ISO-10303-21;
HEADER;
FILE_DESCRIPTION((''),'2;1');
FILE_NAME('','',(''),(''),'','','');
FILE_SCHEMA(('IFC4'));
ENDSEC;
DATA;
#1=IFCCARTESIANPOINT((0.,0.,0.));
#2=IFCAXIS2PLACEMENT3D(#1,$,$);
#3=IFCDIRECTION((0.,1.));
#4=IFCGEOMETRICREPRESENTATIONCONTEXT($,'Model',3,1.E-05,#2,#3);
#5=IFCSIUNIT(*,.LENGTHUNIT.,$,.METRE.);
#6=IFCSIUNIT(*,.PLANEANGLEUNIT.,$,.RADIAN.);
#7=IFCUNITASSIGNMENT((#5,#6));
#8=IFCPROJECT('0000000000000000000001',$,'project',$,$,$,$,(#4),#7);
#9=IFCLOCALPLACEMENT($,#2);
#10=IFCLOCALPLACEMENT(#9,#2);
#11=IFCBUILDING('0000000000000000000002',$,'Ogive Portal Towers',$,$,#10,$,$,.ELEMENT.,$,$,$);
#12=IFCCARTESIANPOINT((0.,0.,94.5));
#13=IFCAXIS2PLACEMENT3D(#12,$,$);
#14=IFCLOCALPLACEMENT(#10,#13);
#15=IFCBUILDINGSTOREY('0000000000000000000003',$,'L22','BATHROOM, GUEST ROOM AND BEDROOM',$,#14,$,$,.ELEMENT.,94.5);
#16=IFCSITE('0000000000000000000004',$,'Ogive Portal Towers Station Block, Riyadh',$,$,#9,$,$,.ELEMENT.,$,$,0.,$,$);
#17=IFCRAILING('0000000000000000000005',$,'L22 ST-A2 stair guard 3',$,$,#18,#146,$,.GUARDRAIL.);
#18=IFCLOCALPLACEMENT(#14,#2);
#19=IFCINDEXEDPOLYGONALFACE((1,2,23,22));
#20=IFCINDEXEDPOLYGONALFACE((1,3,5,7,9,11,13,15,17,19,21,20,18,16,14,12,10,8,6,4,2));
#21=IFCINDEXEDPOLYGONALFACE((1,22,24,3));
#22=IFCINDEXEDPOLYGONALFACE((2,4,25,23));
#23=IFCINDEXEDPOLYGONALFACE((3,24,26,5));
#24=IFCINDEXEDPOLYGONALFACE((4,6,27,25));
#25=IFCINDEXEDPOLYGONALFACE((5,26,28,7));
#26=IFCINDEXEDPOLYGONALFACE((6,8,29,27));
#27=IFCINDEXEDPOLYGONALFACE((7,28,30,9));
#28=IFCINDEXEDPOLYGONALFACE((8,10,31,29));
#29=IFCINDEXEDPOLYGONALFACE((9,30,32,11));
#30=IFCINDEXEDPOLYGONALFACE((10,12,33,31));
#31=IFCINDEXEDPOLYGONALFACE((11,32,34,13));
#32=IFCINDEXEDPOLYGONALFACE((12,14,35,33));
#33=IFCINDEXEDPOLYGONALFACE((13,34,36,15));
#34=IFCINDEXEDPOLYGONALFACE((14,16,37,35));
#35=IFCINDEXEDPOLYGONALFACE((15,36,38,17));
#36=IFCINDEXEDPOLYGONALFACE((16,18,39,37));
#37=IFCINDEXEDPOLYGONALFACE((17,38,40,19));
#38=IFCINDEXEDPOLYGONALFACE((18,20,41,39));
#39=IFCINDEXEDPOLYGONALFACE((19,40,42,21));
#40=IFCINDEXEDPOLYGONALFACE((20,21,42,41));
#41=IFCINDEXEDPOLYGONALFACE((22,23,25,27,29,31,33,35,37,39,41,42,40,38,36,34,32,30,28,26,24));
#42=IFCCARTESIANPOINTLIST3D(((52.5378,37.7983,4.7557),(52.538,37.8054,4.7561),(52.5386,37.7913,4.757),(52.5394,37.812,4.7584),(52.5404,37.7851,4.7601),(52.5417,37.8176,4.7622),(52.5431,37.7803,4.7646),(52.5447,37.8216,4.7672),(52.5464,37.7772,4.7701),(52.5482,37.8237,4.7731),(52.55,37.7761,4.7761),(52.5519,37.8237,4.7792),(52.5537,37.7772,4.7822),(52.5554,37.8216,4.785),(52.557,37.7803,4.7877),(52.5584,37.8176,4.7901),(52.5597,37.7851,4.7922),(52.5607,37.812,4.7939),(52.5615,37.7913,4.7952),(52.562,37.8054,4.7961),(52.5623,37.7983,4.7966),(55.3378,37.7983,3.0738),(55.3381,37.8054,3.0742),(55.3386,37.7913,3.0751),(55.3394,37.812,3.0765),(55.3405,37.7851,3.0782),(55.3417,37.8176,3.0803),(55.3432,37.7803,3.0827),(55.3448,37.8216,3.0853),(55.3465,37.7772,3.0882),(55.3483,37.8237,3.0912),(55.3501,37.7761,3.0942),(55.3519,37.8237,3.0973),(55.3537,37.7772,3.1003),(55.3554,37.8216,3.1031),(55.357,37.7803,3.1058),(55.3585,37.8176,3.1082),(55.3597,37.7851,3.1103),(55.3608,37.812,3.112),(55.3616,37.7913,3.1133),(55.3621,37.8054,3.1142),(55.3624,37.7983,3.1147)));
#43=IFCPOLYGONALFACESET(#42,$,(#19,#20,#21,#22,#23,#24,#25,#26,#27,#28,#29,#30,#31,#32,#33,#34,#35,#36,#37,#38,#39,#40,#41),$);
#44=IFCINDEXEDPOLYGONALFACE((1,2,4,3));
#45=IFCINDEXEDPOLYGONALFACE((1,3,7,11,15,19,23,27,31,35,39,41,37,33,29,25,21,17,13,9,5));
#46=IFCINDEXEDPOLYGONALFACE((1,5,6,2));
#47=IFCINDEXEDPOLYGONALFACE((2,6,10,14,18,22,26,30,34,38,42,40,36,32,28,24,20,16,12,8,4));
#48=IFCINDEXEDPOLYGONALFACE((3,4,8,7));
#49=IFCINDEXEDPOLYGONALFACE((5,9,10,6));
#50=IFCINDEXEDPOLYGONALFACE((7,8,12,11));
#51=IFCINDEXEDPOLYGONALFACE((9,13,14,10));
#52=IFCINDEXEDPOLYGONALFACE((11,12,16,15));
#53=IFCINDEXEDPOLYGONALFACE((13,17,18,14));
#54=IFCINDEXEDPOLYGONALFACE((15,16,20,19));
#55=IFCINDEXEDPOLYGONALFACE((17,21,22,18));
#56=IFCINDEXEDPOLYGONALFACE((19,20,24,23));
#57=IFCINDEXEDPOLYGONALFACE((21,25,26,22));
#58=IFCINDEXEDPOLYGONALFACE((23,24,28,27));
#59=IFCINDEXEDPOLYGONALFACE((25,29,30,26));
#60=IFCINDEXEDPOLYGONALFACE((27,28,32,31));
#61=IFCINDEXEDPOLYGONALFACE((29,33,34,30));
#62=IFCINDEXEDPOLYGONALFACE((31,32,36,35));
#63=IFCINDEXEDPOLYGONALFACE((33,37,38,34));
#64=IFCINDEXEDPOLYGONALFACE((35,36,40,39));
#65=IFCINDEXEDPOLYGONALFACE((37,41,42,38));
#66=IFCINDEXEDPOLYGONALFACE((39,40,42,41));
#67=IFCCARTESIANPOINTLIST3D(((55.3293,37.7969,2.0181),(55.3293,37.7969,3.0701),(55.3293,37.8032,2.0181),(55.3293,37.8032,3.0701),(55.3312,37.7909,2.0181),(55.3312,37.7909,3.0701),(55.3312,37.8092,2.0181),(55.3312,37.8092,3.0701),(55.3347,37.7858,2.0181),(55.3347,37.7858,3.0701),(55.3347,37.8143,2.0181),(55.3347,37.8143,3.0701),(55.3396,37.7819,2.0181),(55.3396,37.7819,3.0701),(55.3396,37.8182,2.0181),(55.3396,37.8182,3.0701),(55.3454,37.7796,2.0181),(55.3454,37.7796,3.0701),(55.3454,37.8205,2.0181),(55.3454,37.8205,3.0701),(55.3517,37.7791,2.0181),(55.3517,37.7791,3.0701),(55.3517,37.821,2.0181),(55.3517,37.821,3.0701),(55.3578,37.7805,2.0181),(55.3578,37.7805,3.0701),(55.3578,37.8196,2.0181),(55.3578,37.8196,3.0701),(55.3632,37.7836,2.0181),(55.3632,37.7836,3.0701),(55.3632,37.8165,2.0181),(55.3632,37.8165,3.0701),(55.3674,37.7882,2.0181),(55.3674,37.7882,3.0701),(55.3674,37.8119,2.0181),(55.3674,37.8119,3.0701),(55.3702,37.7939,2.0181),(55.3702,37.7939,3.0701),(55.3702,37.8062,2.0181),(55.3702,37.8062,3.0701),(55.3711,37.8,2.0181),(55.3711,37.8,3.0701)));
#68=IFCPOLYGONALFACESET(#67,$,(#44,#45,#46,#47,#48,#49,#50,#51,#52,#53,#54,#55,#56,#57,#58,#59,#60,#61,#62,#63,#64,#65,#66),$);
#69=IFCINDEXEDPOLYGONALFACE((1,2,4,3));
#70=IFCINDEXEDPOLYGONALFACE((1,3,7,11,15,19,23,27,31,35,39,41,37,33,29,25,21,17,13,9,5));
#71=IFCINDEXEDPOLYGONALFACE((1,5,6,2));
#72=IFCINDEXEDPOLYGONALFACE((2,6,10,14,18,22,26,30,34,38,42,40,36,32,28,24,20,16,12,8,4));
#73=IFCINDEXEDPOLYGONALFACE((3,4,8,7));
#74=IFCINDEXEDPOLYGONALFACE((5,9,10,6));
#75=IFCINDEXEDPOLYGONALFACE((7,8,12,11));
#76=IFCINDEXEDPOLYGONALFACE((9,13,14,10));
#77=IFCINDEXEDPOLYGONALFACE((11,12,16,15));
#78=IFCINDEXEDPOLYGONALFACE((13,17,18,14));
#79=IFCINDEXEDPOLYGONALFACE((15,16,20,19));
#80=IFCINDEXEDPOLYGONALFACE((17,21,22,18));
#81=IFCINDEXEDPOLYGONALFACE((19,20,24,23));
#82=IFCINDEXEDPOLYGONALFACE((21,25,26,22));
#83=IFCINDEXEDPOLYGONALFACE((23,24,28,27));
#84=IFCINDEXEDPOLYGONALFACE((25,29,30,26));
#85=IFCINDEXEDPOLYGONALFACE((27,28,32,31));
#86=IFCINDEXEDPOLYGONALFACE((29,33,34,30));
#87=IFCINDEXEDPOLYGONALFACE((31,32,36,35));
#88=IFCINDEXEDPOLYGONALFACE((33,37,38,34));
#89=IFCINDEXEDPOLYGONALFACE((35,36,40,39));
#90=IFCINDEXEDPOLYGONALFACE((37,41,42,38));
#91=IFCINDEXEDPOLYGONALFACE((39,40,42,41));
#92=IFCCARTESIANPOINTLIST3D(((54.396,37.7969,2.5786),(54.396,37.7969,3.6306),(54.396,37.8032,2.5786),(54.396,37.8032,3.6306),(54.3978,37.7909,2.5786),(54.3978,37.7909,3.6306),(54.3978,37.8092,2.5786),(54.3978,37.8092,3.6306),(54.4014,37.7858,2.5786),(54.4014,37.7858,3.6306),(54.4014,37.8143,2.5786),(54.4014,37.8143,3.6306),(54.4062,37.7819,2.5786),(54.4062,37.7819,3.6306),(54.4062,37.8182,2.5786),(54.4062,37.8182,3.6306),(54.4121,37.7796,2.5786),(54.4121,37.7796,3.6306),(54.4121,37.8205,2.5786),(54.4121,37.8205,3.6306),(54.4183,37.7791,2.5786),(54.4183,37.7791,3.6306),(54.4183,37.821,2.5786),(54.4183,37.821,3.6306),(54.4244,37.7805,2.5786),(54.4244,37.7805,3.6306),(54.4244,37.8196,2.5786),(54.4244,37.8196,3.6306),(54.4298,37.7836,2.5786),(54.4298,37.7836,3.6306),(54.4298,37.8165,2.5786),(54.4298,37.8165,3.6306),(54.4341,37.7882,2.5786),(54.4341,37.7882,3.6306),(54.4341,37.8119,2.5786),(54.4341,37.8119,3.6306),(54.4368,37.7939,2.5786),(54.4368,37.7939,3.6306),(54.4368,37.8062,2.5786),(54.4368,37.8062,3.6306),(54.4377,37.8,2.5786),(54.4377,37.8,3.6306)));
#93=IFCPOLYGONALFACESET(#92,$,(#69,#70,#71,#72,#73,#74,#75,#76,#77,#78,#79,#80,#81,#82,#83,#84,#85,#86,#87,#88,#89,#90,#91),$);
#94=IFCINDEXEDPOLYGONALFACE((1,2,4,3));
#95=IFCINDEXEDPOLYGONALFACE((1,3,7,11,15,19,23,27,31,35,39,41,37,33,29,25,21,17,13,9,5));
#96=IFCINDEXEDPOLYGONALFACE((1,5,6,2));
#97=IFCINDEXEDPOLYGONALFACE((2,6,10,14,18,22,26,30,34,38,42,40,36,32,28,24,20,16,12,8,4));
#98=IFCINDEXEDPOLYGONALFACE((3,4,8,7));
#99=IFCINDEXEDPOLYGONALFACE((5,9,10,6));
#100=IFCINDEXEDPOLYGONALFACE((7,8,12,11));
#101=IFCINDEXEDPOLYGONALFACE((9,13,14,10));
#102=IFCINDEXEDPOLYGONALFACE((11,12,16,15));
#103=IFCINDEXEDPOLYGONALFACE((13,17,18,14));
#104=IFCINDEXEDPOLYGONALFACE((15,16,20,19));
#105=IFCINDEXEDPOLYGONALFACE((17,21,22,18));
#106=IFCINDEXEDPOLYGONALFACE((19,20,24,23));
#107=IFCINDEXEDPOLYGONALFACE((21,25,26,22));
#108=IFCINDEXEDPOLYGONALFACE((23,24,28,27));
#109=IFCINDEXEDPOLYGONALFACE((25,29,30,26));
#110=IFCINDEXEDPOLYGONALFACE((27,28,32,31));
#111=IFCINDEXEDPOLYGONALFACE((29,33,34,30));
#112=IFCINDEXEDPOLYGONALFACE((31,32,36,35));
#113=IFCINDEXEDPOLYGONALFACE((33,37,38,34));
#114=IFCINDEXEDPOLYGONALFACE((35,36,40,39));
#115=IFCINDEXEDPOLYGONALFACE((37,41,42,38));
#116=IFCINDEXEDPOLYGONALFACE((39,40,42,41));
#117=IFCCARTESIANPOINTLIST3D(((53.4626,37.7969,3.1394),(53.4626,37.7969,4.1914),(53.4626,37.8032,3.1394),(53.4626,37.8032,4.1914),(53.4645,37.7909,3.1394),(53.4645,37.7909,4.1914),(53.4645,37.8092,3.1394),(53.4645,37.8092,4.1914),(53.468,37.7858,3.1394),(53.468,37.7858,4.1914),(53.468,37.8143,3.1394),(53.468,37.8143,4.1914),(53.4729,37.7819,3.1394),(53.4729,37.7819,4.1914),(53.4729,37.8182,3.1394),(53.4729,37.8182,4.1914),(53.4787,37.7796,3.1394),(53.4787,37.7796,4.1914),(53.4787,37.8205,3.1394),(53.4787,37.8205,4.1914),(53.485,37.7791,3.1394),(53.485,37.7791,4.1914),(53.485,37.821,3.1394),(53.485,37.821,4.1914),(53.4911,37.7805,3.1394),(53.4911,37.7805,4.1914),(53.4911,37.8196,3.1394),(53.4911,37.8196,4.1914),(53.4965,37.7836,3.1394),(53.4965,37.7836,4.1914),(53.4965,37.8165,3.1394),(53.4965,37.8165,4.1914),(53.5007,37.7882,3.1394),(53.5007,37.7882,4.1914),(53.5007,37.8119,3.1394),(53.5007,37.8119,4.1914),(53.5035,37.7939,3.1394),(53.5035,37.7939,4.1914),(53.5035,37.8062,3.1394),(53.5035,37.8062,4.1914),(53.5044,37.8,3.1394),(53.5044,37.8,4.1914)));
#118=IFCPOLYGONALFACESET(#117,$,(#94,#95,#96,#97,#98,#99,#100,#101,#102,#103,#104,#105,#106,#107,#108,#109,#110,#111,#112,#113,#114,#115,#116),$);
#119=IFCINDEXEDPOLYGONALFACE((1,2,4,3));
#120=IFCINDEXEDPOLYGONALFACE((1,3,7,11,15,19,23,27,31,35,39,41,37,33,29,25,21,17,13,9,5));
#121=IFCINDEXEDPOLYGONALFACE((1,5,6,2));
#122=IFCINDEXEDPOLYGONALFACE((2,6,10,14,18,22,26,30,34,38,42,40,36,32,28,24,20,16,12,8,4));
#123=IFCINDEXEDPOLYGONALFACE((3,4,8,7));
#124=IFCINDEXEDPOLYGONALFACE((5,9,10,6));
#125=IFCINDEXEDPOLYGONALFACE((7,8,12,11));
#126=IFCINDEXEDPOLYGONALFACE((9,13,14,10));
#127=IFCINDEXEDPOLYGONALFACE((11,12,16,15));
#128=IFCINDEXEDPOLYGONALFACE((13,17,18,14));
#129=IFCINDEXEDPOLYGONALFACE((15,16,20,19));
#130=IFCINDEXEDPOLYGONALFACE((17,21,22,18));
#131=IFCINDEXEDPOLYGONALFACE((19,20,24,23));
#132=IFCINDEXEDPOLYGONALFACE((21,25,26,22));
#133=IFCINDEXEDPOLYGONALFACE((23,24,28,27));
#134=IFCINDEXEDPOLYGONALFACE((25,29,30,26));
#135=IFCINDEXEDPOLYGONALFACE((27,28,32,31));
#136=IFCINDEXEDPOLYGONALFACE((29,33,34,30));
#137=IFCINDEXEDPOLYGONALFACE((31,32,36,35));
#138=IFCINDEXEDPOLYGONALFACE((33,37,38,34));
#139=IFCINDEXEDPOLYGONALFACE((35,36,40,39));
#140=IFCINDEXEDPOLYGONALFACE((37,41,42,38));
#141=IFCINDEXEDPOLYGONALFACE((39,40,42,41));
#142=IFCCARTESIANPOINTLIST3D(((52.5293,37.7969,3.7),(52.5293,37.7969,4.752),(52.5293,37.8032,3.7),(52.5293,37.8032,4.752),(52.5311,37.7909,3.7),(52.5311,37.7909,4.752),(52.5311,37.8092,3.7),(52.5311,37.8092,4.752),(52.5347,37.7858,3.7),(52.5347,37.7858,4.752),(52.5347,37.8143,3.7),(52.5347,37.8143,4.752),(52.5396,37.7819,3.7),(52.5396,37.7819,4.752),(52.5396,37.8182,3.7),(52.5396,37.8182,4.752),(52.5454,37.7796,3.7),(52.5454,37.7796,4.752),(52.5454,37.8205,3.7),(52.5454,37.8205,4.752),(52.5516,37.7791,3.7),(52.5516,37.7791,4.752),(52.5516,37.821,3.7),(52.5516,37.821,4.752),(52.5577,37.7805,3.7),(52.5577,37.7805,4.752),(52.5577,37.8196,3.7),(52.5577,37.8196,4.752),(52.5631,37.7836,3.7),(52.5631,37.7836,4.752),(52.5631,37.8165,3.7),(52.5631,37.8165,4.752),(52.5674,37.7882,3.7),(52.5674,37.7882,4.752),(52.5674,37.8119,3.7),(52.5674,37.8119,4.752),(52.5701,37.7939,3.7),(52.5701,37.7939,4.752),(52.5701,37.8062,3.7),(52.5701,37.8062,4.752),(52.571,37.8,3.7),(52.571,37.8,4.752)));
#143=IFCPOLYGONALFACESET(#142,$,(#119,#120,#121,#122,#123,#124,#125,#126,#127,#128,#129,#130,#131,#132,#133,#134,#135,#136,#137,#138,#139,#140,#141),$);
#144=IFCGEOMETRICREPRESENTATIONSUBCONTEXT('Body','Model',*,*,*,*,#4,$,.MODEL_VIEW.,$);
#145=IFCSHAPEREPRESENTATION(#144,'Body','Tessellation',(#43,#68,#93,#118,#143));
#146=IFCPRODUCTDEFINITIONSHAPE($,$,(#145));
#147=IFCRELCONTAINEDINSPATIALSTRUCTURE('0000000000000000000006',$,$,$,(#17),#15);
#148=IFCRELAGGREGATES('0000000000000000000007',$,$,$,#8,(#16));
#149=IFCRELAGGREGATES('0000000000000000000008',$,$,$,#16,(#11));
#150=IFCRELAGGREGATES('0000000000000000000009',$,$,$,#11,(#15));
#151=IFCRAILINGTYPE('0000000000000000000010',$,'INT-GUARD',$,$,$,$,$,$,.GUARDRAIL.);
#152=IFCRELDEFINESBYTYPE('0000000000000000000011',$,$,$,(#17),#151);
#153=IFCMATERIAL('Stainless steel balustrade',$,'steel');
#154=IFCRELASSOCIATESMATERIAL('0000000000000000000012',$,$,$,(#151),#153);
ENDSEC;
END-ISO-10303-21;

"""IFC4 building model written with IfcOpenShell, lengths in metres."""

from ifc_helpers import new_model, si_unit, direction, frame, origin, origin_2d, place, context, subcontext, project, spatial, circle, extrude, material, type_object, element, save


model = new_model("IFC4")

# Units and contexts
model_context = context("Model", 3, precision=1e-05, world=origin(), true_north=direction((0.0, 1.0)))
body_context = subcontext(model_context, "Body", "Model", "MODEL_VIEW")
ifc_project = project(units=[si_unit("LENGTHUNIT", "METRE"), si_unit("PLANEANGLEUNIT", "RADIAN")], contexts=[model_context])

# Site, building, storey
site_placement = place(None, origin())
site = spatial("IfcSite", under=ifc_project, at=site_placement, Name="Ogive Portal Towers Station Block, Riyadh", CompositionType="ELEMENT", RefElevation=0.0)
building_placement = place(site_placement, origin())
building = spatial("IfcBuilding", under=site, at=building_placement, Name="Ogive Portal Towers", CompositionType="ELEMENT")
storey_placement = place(building_placement, frame((0.0, 0.0, 94.5)))
storey = spatial("IfcBuildingStorey", under=building, at=storey_placement, Name="L22", Description="BATHROOM, GUEST ROOM AND BEDROOM", CompositionType="ELEMENT", Elevation=94.5)

# Railing
ifc_material_1 = material(Name="Stainless steel balustrade", Category="steel")
railing_type_1 = type_object("IfcRailingType", Name="INT-GUARD", PredefinedType="GUARDRAIL", material=ifc_material_1)
railing_1_placement = place(storey_placement, frame((55.3501, 37.8, 2.0181)))
element("IfcRailing", 1, at=railing_1_placement, inside=storey, type_object=railing_type_1, Name="L22 ST-A2 stair guard 3", PredefinedType="GUARDRAIL", context=body_context, shape_type="SweptSolid", body=[
    extrude(circle(Radius=0.0239, at=origin_2d()), frame((0.0, 0.0, 1.0762), z_axis=(-0.857242, 0.0, 0.514913), x_axis=(0.0, -1.0, 0.0)), (0.0, 0.0, 1.0), 3.2664),
    extrude(circle(Radius=0.021, at=origin_2d()), origin(), (0.0, 0.0, 1.0), 1.052),
    extrude(circle(Radius=0.021, at=origin_2d()), frame((-0.9333, 0.0, 0.5605)), (0.0, 0.0, 1.0), 1.052),
    extrude(circle(Radius=0.021, at=origin_2d()), frame((-1.8667, 0.0, 1.1213)), (0.0, 0.0, 1.0), 1.052),
    extrude(circle(Radius=0.021, at=origin_2d()), frame((-2.8, 0.0, 1.6819)), (0.0, 0.0, 1.0), 1.052),
])

save(model, "model.ifc")
